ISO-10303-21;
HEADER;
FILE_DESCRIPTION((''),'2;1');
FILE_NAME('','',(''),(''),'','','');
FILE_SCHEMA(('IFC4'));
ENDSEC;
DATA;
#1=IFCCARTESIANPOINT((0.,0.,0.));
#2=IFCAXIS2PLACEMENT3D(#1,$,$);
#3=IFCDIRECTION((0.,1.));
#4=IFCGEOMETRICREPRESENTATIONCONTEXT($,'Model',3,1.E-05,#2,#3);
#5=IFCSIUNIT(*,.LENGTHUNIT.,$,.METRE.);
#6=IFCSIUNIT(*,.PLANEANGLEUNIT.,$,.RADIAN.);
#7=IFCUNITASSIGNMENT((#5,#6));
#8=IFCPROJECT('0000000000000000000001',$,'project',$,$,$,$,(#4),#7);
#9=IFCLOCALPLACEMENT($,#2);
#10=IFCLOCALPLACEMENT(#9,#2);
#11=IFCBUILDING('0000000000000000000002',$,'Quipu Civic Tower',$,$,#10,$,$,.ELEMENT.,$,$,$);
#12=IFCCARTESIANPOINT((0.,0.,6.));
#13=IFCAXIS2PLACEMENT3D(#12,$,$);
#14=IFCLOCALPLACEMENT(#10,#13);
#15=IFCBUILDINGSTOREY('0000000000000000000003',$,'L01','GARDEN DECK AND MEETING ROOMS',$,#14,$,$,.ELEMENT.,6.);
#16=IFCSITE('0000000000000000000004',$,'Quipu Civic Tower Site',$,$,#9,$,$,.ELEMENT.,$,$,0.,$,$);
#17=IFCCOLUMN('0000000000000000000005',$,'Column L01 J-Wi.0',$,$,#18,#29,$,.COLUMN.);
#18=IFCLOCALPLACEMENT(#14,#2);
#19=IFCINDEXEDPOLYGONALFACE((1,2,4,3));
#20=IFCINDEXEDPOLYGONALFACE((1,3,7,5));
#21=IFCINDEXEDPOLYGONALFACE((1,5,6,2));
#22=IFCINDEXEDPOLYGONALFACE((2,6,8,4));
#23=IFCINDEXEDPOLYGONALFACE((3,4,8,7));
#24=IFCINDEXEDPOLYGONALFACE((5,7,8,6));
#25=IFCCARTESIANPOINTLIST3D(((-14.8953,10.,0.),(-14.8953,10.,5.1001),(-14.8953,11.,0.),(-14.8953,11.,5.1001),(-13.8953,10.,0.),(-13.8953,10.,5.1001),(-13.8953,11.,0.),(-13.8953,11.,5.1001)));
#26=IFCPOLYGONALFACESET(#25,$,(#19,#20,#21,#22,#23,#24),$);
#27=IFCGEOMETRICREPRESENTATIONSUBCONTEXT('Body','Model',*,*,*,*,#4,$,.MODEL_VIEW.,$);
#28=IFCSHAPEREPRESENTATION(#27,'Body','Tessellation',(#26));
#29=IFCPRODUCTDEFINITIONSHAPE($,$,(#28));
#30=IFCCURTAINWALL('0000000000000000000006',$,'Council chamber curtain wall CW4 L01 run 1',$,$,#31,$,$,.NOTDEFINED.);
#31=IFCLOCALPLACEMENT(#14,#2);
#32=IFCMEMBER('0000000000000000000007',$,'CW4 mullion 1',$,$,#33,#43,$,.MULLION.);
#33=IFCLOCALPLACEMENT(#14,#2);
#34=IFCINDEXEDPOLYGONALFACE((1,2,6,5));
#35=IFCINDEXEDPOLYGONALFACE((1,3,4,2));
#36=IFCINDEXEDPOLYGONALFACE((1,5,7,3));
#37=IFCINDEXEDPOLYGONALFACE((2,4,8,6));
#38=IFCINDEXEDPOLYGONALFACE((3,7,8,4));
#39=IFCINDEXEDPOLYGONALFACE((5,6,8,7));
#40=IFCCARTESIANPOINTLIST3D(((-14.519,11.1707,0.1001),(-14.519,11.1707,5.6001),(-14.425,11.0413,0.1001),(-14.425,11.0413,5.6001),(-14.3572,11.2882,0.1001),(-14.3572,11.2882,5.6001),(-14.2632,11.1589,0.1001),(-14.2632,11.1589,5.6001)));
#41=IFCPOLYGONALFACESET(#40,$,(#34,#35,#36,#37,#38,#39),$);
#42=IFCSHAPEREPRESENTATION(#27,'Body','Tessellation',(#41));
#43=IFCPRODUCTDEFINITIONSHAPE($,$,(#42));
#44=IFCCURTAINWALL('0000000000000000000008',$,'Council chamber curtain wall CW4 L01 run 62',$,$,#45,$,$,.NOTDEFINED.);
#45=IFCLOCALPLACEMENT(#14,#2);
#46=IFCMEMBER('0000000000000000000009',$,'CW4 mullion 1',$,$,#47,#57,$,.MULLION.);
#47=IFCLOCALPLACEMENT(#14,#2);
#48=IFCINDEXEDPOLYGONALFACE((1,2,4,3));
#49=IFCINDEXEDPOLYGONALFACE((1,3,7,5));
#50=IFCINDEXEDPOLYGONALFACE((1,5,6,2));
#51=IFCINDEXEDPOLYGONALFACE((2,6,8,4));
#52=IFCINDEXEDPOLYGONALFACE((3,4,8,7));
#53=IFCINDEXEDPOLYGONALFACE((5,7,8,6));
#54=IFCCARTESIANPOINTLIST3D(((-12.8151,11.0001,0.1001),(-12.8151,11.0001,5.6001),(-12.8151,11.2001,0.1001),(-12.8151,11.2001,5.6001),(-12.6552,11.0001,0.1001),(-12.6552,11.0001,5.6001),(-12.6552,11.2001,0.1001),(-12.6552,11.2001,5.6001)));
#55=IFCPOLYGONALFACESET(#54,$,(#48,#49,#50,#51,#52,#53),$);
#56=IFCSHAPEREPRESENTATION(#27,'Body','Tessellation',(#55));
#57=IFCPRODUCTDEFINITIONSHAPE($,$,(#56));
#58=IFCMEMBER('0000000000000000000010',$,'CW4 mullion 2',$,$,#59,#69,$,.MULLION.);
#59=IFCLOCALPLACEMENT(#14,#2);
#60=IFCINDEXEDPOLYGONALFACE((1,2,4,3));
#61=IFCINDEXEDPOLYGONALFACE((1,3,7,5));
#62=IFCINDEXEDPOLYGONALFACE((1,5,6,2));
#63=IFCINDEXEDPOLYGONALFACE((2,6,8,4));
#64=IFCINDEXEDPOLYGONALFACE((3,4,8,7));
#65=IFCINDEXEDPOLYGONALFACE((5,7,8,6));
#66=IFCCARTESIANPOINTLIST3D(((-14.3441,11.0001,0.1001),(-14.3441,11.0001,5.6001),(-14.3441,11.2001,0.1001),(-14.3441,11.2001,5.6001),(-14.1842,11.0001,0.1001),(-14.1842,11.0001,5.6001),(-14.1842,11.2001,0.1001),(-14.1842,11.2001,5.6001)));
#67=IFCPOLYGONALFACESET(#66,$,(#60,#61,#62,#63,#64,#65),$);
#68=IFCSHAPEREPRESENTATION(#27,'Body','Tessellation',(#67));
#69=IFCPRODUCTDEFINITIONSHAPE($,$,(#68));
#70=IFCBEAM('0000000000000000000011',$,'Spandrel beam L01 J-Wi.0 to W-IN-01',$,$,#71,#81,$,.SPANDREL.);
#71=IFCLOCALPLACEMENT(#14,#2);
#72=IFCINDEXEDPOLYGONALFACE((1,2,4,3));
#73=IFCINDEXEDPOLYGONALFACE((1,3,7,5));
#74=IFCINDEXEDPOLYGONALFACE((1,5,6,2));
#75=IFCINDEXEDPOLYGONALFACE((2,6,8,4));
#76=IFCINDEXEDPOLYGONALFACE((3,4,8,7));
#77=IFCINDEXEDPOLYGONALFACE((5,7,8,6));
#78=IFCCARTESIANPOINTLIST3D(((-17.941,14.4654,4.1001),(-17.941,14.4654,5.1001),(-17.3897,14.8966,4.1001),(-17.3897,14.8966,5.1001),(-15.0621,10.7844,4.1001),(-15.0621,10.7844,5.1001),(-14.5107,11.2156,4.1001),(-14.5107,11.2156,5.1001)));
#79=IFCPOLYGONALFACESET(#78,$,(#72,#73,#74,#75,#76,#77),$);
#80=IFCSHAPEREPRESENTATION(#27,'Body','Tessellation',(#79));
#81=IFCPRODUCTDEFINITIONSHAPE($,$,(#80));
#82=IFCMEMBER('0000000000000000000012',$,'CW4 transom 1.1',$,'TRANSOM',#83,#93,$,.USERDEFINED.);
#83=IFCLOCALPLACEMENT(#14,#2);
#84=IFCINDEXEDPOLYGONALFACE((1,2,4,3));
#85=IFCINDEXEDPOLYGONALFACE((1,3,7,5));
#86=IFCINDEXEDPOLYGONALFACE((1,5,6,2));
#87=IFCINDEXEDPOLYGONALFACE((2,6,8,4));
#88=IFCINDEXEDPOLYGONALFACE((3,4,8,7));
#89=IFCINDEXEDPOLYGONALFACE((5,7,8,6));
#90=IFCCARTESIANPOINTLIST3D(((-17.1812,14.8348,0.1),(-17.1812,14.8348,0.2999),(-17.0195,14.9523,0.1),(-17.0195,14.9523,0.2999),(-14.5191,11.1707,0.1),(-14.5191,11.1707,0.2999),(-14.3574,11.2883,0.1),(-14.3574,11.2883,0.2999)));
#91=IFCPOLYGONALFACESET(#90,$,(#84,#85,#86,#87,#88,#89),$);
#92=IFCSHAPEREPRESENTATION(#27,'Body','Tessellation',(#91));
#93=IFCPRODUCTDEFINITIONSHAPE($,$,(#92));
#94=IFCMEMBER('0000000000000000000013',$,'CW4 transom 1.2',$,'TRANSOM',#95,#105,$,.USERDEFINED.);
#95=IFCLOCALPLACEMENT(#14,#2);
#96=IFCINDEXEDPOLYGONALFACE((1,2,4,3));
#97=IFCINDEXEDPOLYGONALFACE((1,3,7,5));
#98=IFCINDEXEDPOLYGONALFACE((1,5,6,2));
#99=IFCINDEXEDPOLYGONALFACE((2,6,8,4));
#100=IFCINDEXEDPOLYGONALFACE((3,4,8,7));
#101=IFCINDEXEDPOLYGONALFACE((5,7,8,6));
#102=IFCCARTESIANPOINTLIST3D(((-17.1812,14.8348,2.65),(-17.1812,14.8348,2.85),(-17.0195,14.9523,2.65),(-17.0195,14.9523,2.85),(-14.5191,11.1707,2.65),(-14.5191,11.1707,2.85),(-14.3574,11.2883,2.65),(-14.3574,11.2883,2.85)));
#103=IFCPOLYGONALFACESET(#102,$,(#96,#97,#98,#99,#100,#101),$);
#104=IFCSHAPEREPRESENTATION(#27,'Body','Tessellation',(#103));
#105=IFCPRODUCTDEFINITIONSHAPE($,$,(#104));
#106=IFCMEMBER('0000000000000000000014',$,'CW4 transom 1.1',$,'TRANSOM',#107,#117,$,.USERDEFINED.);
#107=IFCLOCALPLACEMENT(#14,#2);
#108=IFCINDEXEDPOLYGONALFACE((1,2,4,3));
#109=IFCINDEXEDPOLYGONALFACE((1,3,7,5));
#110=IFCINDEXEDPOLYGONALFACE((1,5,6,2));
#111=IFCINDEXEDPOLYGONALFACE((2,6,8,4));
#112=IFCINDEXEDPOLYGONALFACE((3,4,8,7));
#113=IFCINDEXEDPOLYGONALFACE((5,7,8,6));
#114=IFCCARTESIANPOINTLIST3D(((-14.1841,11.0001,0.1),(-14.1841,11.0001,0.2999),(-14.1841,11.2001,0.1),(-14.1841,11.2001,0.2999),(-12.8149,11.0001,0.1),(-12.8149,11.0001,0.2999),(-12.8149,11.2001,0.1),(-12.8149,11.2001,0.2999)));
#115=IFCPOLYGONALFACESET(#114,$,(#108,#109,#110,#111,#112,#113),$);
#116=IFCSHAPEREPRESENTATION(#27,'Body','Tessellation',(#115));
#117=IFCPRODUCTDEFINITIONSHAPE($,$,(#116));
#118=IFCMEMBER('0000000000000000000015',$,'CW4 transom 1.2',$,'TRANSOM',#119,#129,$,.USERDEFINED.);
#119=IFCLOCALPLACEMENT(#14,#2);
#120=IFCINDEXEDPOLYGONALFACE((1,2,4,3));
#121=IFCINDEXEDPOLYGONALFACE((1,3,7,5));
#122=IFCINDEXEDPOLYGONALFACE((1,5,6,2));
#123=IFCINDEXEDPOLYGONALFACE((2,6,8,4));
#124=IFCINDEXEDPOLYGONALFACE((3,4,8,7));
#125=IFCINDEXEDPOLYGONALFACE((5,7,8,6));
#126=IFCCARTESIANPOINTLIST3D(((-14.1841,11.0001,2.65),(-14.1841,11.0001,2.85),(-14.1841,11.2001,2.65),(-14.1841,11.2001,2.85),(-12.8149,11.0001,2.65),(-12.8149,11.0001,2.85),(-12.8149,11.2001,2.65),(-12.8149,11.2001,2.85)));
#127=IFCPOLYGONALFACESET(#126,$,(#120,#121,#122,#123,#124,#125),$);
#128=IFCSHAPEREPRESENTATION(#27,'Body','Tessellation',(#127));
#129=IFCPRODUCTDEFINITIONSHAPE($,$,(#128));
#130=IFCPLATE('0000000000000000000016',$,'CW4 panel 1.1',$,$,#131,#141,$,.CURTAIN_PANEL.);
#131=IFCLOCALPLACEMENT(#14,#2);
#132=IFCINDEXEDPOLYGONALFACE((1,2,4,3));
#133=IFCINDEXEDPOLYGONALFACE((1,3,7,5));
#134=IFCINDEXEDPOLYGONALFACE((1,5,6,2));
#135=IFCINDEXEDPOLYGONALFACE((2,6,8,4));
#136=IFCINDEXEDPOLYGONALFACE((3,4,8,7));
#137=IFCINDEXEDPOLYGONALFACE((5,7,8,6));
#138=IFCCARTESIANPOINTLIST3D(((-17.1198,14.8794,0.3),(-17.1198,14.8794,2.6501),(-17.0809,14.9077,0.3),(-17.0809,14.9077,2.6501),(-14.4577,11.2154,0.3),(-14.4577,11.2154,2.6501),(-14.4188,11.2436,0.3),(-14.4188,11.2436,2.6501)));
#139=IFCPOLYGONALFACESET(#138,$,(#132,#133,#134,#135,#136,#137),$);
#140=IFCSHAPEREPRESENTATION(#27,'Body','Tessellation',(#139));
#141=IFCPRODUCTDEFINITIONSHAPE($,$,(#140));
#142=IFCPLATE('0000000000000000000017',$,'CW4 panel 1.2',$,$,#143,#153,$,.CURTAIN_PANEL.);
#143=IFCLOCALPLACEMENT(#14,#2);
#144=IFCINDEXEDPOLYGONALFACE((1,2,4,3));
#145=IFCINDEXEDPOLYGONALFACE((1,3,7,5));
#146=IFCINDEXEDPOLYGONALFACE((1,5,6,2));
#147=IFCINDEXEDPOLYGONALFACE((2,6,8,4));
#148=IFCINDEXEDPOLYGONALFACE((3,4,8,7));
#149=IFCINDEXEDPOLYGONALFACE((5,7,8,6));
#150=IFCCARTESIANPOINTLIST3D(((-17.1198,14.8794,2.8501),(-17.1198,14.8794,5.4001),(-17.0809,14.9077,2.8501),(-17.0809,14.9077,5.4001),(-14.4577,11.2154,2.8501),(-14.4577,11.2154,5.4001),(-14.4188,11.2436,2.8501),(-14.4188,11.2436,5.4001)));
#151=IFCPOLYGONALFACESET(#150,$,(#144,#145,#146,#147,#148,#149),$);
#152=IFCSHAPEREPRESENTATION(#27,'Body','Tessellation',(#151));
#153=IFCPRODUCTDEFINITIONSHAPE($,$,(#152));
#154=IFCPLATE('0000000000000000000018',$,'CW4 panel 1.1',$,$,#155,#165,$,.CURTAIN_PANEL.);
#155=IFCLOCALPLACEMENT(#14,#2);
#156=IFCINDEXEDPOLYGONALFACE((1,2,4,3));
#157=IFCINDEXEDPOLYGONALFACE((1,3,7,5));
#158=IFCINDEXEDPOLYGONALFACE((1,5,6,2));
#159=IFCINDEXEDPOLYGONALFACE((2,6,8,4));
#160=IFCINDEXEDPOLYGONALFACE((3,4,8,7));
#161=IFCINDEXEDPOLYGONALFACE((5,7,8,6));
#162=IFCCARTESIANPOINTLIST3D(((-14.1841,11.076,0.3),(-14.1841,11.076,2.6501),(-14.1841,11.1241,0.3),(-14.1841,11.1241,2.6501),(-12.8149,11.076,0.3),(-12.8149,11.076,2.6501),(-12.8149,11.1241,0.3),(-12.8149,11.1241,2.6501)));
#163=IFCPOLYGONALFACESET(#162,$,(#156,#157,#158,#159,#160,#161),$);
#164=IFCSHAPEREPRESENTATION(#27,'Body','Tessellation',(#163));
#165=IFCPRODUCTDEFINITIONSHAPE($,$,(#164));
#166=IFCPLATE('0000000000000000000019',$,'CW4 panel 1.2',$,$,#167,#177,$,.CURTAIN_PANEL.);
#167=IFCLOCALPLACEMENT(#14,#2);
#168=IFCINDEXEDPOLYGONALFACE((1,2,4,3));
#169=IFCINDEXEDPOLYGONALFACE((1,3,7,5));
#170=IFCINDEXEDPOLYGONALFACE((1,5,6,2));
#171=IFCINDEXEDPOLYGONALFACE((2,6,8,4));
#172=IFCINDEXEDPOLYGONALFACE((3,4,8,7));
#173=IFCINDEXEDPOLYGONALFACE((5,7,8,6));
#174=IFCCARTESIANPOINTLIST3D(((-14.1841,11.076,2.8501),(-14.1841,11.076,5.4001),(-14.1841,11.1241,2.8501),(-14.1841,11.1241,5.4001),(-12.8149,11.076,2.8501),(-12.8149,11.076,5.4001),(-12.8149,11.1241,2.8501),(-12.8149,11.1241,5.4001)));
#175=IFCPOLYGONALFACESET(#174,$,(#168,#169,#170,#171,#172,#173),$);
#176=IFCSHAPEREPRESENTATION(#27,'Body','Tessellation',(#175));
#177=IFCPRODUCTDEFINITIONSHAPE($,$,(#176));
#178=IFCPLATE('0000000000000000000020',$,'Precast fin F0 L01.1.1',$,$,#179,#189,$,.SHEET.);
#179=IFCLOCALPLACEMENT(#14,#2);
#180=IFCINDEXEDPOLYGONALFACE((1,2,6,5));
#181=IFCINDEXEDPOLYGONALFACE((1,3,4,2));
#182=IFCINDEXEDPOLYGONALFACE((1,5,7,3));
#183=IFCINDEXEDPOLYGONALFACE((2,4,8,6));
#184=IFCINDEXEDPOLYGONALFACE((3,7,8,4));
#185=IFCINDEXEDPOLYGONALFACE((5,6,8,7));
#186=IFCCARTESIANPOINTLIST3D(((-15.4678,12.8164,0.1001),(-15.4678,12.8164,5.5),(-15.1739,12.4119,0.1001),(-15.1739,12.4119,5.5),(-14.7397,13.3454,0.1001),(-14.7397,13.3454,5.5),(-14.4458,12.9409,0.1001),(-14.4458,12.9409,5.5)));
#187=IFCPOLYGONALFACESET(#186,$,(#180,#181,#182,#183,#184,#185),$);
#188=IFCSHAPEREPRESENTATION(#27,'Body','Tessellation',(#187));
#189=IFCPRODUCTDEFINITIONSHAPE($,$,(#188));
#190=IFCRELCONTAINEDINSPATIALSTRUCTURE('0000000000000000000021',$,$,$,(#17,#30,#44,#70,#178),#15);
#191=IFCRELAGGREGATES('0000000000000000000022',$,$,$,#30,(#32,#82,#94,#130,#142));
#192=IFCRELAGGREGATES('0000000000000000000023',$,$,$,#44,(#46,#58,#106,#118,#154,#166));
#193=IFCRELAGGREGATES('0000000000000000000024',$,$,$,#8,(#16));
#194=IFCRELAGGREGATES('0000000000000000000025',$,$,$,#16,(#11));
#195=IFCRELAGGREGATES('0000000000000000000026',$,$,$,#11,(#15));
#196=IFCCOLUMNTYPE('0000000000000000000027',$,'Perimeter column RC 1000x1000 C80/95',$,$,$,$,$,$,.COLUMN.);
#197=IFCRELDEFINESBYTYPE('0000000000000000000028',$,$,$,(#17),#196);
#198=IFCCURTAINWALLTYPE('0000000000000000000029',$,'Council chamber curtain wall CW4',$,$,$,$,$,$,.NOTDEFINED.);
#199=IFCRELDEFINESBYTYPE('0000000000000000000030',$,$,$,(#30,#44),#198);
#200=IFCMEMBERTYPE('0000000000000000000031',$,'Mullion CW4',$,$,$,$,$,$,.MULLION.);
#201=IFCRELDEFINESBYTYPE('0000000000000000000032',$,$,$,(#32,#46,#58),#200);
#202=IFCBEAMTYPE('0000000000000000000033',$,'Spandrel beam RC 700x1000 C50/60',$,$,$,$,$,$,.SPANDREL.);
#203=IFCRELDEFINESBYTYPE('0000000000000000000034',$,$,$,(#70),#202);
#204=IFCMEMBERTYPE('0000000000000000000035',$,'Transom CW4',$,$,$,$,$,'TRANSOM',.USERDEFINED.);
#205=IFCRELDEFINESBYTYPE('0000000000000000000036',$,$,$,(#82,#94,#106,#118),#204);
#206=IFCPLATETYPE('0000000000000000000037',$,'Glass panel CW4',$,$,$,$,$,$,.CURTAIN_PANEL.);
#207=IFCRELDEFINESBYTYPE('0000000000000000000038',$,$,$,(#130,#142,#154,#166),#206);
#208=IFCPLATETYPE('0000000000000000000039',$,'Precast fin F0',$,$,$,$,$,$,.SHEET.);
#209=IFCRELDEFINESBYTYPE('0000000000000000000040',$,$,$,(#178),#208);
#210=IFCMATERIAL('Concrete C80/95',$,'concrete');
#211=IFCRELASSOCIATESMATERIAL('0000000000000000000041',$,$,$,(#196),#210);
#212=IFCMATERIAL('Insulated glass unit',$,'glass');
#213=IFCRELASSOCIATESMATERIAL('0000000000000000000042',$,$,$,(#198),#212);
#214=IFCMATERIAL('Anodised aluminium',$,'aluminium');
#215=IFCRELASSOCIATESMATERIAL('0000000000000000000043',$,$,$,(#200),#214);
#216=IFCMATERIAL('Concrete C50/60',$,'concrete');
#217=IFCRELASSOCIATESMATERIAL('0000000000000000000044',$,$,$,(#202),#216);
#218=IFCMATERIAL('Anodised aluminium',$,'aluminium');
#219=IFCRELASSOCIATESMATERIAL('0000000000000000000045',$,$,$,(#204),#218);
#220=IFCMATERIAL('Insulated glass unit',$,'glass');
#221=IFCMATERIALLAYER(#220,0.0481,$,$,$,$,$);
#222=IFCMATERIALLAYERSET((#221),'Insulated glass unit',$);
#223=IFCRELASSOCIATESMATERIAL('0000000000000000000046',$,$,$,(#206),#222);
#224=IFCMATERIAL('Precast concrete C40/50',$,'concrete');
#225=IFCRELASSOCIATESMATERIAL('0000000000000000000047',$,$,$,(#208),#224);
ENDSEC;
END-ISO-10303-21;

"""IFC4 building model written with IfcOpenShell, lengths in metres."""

from ifc_helpers import new_model, si_unit, direction, frame, origin, origin_2d, place, context, subcontext, project, spatial, rectangle, extrude, material, layer, layer_set, material_profile, profile_set, type_object, element, aggregate, save


model = new_model("IFC4")

# Units and contexts
model_context = context("Model", 3, precision=1e-05, world=origin(), true_north=direction((0.0, 1.0)))
body_context = subcontext(model_context, "Body", "Model", "MODEL_VIEW")
ifc_project = project(units=[si_unit("LENGTHUNIT", "METRE"), si_unit("PLANEANGLEUNIT", "RADIAN")], contexts=[model_context])

# Site, building, storey
site_placement = place(None, origin())
site = spatial("IfcSite", under=ifc_project, at=site_placement, Name="Quipu Civic Tower Site", CompositionType="ELEMENT", RefElevation=0.0)
building_placement = place(site_placement, origin())
building = spatial("IfcBuilding", under=site, at=building_placement, Name="Quipu Civic Tower", CompositionType="ELEMENT")
storey_placement = place(building_placement, frame((0.0, 0.0, 6.0)))
storey = spatial("IfcBuildingStorey", under=building, at=storey_placement, Name="L01", Description="GARDEN DECK AND MEETING ROOMS", CompositionType="ELEMENT", Elevation=6.0)

# Column
ifc_material_1 = material(Name="Concrete C80/95", Category="concrete")
ifc_material_profile_1 = material_profile(ifc_material_1, rectangle(XDim=1.0, YDim=1.0, at=origin_2d()), Name="RC1000x1000")
ifc_profile_set_1 = profile_set([ifc_material_profile_1], Name="Concrete C80/95")
column_type = type_object("IfcColumnType", Name="Perimeter column RC 1000x1000 C80/95", PredefinedType="COLUMN", material=ifc_profile_set_1)
column_placement = place(storey_placement, frame((-14.3953, 10.5, 0.0), z_axis=(0.0, 0.0, 1.0), x_axis=(-1.0, 0.0, 0.0)))
element("IfcColumn", 1, at=column_placement, inside=storey, type_object=column_type, Name="Column L01 J-Wi.0", PredefinedType="COLUMN", context=body_context, shape_type="SweptSolid", body=[
    extrude(rectangle(XDim=1.0, YDim=1.0, at=origin_2d()), origin(), (0.0, 0.0, 1.0), 5.1001),
])

# Curtain wall, member
ifc_material_2 = material(Name="Insulated glass unit", Category="glass")
curtain_wall_type = type_object("IfcCurtainWallType", Name="Council chamber curtain wall CW4", PredefinedType="NOTDEFINED", material=ifc_material_2)
curtain_wall_1_placement = place(storey_placement, origin())
curtain_wall_1 = element("IfcCurtainWall", 2, at=curtain_wall_1_placement, inside=storey, type_object=curtain_wall_type, Name="Council chamber curtain wall CW4 L01 run 1", PredefinedType="NOTDEFINED")
ifc_material_3 = material(Name="Anodised aluminium", Category="aluminium")
ifc_material_profile_2 = material_profile(ifc_material_3, rectangle(XDim=0.2, YDim=0.1599, at=origin_2d()), Name="RECT 200x160")
ifc_profile_set_2 = profile_set([ifc_material_profile_2], Name="Anodised aluminium")
member_type_1 = type_object("IfcMemberType", Name="Mullion CW4", PredefinedType="MULLION", material=ifc_profile_set_2)
member_1_placement = place(storey_placement, frame((-14.3911, 11.1648, 0.1001), z_axis=(0.0, 0.0, 1.0), x_axis=(-0.80901, -0.587795, 0.0)))
member_1 = element("IfcMember", 3, at=member_1_placement, type_object=member_type_1, Name="CW4 mullion 1", PredefinedType="MULLION", context=body_context, shape_type="SweptSolid", body=[
    extrude(rectangle(XDim=0.2, YDim=0.1599, at=origin_2d()), origin(), (0.0, 0.0, 1.0), 5.5),
])

# Curtain wall, members
curtain_wall_2_placement = place(storey_placement, origin())
curtain_wall_2 = element("IfcCurtainWall", 4, at=curtain_wall_2_placement, inside=storey, type_object=curtain_wall_type, Name="Council chamber curtain wall CW4 L01 run 62", PredefinedType="NOTDEFINED")
member_2_placement = place(storey_placement, frame((-12.7351, 11.1001, 0.1001), z_axis=(0.0, 0.0, 1.0), x_axis=(0.0, -1.0, 0.0)))
member_2 = element("IfcMember", 5, at=member_2_placement, type_object=member_type_1, Name="CW4 mullion 1", PredefinedType="MULLION", context=body_context, shape_type="SweptSolid", body=[
    extrude(rectangle(XDim=0.2, YDim=0.1599, at=origin_2d()), origin(), (0.0, 0.0, 1.0), 5.5),
])
member_3_placement = place(storey_placement, frame((-14.2642, 11.1001, 0.1001), z_axis=(0.0, 0.0, 1.0), x_axis=(0.0, -1.0, 0.0)))
member_3 = element("IfcMember", 6, at=member_3_placement, type_object=member_type_1, Name="CW4 mullion 2", PredefinedType="MULLION", context=body_context, shape_type="SweptSolid", body=[
    extrude(rectangle(XDim=0.2, YDim=0.1599, at=origin_2d()), origin(), (0.0, 0.0, 1.0), 5.5),
])

# Beam
ifc_material_4 = material(Name="Concrete C50/60", Category="concrete")
ifc_material_profile_3 = material_profile(ifc_material_4, rectangle(XDim=0.7, YDim=1.0, at=origin_2d()), Name="RC700x1000")
ifc_profile_set_3 = profile_set([ifc_material_profile_3], Name="Concrete C50/60")
beam_type = type_object("IfcBeamType", Name="Spandrel beam RC 700x1000 C50/60", PredefinedType="SPANDREL", material=ifc_profile_set_3)
beam_placement = place(storey_placement, frame((-14.7864, 11.0, 4.6001), z_axis=(-0.616069, 0.787692, 0.0), x_axis=(-0.787692, -0.616069, 0.0)))
element("IfcBeam", 7, at=beam_placement, inside=storey, type_object=beam_type, Name="Spandrel beam L01 J-Wi.0 to W-IN-01", PredefinedType="SPANDREL", context=body_context, shape_type="SweptSolid", body=[
    extrude(rectangle(XDim=0.7, YDim=1.0, at=origin_2d()), origin(), (0.0, 0.0, 1.0), 4.6731),
])

# Members
ifc_material_5 = material(Name="Anodised aluminium", Category="aluminium")
ifc_material_profile_4 = material_profile(ifc_material_5, rectangle(XDim=0.2, YDim=0.2, at=origin_2d()), Name="RECT 200x200")
ifc_profile_set_4 = profile_set([ifc_material_profile_4], Name="Anodised aluminium")
member_type_2 = type_object("IfcMemberType", Name="Transom CW4", ElementType="TRANSOM", PredefinedType="USERDEFINED", material=ifc_profile_set_4)
member_4_placement = place(storey_placement, frame((-14.4382, 11.2295, 0.2), z_axis=(-0.587787, 0.809016, 0.0), x_axis=(-0.809016, -0.587787, 0.0)))
member_4 = element("IfcMember", 8, at=member_4_placement, type_object=member_type_2, Name="CW4 transom 1.1", ObjectType="TRANSOM", PredefinedType="USERDEFINED", context=body_context, shape_type="SweptSolid", body=[
    extrude(rectangle(XDim=0.2, YDim=0.2, at=origin_2d()), origin(), (0.0, 0.0, 1.0), 4.5291),
])
member_5_placement = place(storey_placement, frame((-14.4382, 11.2295, 2.75), z_axis=(-0.587787, 0.809016, 0.0), x_axis=(-0.809016, -0.587787, 0.0)))
member_5 = element("IfcMember", 9, at=member_5_placement, type_object=member_type_2, Name="CW4 transom 1.2", ObjectType="TRANSOM", PredefinedType="USERDEFINED", context=body_context, shape_type="SweptSolid", body=[
    extrude(rectangle(XDim=0.2, YDim=0.2, at=origin_2d()), origin(), (0.0, 0.0, 1.0), 4.5291),
])
member_6_placement = place(storey_placement, frame((-12.8149, 11.1001, 0.2), z_axis=(-1.0, 0.0, 0.0), x_axis=(0.0, -1.0, 0.0)))
member_6 = element("IfcMember", 10, at=member_6_placement, type_object=member_type_2, Name="CW4 transom 1.1", ObjectType="TRANSOM", PredefinedType="USERDEFINED", context=body_context, shape_type="SweptSolid", body=[
    extrude(rectangle(XDim=0.2, YDim=0.2, at=origin_2d()), origin(), (0.0, 0.0, 1.0), 1.3691),
])
member_7_placement = place(storey_placement, frame((-12.8149, 11.1001, 2.75), z_axis=(-1.0, 0.0, 0.0), x_axis=(0.0, -1.0, 0.0)))
member_7 = element("IfcMember", 11, at=member_7_placement, type_object=member_type_2, Name="CW4 transom 1.2", ObjectType="TRANSOM", PredefinedType="USERDEFINED", context=body_context, shape_type="SweptSolid", body=[
    extrude(rectangle(XDim=0.2, YDim=0.2, at=origin_2d()), origin(), (0.0, 0.0, 1.0), 1.3691),
])

# Plates
ifc_material_6 = material(Name="Insulated glass unit", Category="glass")
ifc_layer_1 = layer(ifc_material_6, 0.0481)
ifc_layer_set_1 = layer_set([ifc_layer_1], Name="Insulated glass unit")
plate_type_1 = type_object("IfcPlateType", Name="Glass panel CW4", PredefinedType="CURTAIN_PANEL", material=ifc_layer_set_1)
plate_1_placement = place(storey_placement, frame((-15.7693, 13.0615, 0.3), z_axis=(0.0, 0.0, 1.0), x_axis=(-0.587795, 0.80901, 0.0)))
plate_1 = element("IfcPlate", 12, at=plate_1_placement, type_object=plate_type_1, Name="CW4 panel 1.1", PredefinedType="CURTAIN_PANEL", context=body_context, shape_type="SweptSolid", body=[
    extrude(rectangle(XDim=4.5291, YDim=0.0481, at=origin_2d()), origin(), (0.0, 0.0, 1.0), 2.3501),
])
plate_2_placement = place(storey_placement, frame((-15.7693, 13.0615, 2.8501), z_axis=(0.0, 0.0, 1.0), x_axis=(-0.587795, 0.80901, 0.0)))
plate_2 = element("IfcPlate", 13, at=plate_2_placement, type_object=plate_type_1, Name="CW4 panel 1.2", PredefinedType="CURTAIN_PANEL", context=body_context, shape_type="SweptSolid", body=[
    extrude(rectangle(XDim=4.5291, YDim=0.0481, at=origin_2d()), origin(), (0.0, 0.0, 1.0), 2.55),
])
aggregate(curtain_wall_1, [member_1, member_4, member_5, plate_1, plate_2])
plate_3_placement = place(storey_placement, frame((-13.4995, 11.1001, 0.3), z_axis=(0.0, 0.0, 1.0), x_axis=(-1.0, 0.0, 0.0)))
plate_3 = element("IfcPlate", 14, at=plate_3_placement, type_object=plate_type_1, Name="CW4 panel 1.1", PredefinedType="CURTAIN_PANEL", context=body_context, shape_type="SweptSolid", body=[
    extrude(rectangle(XDim=1.3691, YDim=0.0481, at=origin_2d()), origin(), (0.0, 0.0, 1.0), 2.3501),
])
plate_4_placement = place(storey_placement, frame((-13.4995, 11.1001, 2.8501), z_axis=(0.0, 0.0, 1.0), x_axis=(-1.0, 0.0, 0.0)))
plate_4 = element("IfcPlate", 15, at=plate_4_placement, type_object=plate_type_1, Name="CW4 panel 1.2", PredefinedType="CURTAIN_PANEL", context=body_context, shape_type="SweptSolid", body=[
    extrude(rectangle(XDim=1.3691, YDim=0.0481, at=origin_2d()), origin(), (0.0, 0.0, 1.0), 2.55),
])
aggregate(curtain_wall_2, [member_2, member_3, member_6, member_7, plate_3, plate_4])
ifc_material_7 = material(Name="Precast concrete C40/50", Category="concrete")
plate_type_2 = type_object("IfcPlateType", Name="Precast fin F0", PredefinedType="SHEET", material=ifc_material_7)
plate_5_placement = place(storey_placement, frame((-14.9568, 12.8787, 0.1001), z_axis=(0.0, 0.0, 1.0), x_axis=(-0.587785, 0.809017, 0.0)))
element("IfcPlate", 16, at=plate_5_placement, inside=storey, type_object=plate_type_2, Name="Precast fin F0 L01.1.1", PredefinedType="SHEET", context=body_context, shape_type="SweptSolid", body=[
    extrude(rectangle(XDim=0.5, YDim=0.8999, at=origin_2d()), origin(), (0.0, 0.0, 1.0), 5.3999),
])

save(model, "model.ifc")
